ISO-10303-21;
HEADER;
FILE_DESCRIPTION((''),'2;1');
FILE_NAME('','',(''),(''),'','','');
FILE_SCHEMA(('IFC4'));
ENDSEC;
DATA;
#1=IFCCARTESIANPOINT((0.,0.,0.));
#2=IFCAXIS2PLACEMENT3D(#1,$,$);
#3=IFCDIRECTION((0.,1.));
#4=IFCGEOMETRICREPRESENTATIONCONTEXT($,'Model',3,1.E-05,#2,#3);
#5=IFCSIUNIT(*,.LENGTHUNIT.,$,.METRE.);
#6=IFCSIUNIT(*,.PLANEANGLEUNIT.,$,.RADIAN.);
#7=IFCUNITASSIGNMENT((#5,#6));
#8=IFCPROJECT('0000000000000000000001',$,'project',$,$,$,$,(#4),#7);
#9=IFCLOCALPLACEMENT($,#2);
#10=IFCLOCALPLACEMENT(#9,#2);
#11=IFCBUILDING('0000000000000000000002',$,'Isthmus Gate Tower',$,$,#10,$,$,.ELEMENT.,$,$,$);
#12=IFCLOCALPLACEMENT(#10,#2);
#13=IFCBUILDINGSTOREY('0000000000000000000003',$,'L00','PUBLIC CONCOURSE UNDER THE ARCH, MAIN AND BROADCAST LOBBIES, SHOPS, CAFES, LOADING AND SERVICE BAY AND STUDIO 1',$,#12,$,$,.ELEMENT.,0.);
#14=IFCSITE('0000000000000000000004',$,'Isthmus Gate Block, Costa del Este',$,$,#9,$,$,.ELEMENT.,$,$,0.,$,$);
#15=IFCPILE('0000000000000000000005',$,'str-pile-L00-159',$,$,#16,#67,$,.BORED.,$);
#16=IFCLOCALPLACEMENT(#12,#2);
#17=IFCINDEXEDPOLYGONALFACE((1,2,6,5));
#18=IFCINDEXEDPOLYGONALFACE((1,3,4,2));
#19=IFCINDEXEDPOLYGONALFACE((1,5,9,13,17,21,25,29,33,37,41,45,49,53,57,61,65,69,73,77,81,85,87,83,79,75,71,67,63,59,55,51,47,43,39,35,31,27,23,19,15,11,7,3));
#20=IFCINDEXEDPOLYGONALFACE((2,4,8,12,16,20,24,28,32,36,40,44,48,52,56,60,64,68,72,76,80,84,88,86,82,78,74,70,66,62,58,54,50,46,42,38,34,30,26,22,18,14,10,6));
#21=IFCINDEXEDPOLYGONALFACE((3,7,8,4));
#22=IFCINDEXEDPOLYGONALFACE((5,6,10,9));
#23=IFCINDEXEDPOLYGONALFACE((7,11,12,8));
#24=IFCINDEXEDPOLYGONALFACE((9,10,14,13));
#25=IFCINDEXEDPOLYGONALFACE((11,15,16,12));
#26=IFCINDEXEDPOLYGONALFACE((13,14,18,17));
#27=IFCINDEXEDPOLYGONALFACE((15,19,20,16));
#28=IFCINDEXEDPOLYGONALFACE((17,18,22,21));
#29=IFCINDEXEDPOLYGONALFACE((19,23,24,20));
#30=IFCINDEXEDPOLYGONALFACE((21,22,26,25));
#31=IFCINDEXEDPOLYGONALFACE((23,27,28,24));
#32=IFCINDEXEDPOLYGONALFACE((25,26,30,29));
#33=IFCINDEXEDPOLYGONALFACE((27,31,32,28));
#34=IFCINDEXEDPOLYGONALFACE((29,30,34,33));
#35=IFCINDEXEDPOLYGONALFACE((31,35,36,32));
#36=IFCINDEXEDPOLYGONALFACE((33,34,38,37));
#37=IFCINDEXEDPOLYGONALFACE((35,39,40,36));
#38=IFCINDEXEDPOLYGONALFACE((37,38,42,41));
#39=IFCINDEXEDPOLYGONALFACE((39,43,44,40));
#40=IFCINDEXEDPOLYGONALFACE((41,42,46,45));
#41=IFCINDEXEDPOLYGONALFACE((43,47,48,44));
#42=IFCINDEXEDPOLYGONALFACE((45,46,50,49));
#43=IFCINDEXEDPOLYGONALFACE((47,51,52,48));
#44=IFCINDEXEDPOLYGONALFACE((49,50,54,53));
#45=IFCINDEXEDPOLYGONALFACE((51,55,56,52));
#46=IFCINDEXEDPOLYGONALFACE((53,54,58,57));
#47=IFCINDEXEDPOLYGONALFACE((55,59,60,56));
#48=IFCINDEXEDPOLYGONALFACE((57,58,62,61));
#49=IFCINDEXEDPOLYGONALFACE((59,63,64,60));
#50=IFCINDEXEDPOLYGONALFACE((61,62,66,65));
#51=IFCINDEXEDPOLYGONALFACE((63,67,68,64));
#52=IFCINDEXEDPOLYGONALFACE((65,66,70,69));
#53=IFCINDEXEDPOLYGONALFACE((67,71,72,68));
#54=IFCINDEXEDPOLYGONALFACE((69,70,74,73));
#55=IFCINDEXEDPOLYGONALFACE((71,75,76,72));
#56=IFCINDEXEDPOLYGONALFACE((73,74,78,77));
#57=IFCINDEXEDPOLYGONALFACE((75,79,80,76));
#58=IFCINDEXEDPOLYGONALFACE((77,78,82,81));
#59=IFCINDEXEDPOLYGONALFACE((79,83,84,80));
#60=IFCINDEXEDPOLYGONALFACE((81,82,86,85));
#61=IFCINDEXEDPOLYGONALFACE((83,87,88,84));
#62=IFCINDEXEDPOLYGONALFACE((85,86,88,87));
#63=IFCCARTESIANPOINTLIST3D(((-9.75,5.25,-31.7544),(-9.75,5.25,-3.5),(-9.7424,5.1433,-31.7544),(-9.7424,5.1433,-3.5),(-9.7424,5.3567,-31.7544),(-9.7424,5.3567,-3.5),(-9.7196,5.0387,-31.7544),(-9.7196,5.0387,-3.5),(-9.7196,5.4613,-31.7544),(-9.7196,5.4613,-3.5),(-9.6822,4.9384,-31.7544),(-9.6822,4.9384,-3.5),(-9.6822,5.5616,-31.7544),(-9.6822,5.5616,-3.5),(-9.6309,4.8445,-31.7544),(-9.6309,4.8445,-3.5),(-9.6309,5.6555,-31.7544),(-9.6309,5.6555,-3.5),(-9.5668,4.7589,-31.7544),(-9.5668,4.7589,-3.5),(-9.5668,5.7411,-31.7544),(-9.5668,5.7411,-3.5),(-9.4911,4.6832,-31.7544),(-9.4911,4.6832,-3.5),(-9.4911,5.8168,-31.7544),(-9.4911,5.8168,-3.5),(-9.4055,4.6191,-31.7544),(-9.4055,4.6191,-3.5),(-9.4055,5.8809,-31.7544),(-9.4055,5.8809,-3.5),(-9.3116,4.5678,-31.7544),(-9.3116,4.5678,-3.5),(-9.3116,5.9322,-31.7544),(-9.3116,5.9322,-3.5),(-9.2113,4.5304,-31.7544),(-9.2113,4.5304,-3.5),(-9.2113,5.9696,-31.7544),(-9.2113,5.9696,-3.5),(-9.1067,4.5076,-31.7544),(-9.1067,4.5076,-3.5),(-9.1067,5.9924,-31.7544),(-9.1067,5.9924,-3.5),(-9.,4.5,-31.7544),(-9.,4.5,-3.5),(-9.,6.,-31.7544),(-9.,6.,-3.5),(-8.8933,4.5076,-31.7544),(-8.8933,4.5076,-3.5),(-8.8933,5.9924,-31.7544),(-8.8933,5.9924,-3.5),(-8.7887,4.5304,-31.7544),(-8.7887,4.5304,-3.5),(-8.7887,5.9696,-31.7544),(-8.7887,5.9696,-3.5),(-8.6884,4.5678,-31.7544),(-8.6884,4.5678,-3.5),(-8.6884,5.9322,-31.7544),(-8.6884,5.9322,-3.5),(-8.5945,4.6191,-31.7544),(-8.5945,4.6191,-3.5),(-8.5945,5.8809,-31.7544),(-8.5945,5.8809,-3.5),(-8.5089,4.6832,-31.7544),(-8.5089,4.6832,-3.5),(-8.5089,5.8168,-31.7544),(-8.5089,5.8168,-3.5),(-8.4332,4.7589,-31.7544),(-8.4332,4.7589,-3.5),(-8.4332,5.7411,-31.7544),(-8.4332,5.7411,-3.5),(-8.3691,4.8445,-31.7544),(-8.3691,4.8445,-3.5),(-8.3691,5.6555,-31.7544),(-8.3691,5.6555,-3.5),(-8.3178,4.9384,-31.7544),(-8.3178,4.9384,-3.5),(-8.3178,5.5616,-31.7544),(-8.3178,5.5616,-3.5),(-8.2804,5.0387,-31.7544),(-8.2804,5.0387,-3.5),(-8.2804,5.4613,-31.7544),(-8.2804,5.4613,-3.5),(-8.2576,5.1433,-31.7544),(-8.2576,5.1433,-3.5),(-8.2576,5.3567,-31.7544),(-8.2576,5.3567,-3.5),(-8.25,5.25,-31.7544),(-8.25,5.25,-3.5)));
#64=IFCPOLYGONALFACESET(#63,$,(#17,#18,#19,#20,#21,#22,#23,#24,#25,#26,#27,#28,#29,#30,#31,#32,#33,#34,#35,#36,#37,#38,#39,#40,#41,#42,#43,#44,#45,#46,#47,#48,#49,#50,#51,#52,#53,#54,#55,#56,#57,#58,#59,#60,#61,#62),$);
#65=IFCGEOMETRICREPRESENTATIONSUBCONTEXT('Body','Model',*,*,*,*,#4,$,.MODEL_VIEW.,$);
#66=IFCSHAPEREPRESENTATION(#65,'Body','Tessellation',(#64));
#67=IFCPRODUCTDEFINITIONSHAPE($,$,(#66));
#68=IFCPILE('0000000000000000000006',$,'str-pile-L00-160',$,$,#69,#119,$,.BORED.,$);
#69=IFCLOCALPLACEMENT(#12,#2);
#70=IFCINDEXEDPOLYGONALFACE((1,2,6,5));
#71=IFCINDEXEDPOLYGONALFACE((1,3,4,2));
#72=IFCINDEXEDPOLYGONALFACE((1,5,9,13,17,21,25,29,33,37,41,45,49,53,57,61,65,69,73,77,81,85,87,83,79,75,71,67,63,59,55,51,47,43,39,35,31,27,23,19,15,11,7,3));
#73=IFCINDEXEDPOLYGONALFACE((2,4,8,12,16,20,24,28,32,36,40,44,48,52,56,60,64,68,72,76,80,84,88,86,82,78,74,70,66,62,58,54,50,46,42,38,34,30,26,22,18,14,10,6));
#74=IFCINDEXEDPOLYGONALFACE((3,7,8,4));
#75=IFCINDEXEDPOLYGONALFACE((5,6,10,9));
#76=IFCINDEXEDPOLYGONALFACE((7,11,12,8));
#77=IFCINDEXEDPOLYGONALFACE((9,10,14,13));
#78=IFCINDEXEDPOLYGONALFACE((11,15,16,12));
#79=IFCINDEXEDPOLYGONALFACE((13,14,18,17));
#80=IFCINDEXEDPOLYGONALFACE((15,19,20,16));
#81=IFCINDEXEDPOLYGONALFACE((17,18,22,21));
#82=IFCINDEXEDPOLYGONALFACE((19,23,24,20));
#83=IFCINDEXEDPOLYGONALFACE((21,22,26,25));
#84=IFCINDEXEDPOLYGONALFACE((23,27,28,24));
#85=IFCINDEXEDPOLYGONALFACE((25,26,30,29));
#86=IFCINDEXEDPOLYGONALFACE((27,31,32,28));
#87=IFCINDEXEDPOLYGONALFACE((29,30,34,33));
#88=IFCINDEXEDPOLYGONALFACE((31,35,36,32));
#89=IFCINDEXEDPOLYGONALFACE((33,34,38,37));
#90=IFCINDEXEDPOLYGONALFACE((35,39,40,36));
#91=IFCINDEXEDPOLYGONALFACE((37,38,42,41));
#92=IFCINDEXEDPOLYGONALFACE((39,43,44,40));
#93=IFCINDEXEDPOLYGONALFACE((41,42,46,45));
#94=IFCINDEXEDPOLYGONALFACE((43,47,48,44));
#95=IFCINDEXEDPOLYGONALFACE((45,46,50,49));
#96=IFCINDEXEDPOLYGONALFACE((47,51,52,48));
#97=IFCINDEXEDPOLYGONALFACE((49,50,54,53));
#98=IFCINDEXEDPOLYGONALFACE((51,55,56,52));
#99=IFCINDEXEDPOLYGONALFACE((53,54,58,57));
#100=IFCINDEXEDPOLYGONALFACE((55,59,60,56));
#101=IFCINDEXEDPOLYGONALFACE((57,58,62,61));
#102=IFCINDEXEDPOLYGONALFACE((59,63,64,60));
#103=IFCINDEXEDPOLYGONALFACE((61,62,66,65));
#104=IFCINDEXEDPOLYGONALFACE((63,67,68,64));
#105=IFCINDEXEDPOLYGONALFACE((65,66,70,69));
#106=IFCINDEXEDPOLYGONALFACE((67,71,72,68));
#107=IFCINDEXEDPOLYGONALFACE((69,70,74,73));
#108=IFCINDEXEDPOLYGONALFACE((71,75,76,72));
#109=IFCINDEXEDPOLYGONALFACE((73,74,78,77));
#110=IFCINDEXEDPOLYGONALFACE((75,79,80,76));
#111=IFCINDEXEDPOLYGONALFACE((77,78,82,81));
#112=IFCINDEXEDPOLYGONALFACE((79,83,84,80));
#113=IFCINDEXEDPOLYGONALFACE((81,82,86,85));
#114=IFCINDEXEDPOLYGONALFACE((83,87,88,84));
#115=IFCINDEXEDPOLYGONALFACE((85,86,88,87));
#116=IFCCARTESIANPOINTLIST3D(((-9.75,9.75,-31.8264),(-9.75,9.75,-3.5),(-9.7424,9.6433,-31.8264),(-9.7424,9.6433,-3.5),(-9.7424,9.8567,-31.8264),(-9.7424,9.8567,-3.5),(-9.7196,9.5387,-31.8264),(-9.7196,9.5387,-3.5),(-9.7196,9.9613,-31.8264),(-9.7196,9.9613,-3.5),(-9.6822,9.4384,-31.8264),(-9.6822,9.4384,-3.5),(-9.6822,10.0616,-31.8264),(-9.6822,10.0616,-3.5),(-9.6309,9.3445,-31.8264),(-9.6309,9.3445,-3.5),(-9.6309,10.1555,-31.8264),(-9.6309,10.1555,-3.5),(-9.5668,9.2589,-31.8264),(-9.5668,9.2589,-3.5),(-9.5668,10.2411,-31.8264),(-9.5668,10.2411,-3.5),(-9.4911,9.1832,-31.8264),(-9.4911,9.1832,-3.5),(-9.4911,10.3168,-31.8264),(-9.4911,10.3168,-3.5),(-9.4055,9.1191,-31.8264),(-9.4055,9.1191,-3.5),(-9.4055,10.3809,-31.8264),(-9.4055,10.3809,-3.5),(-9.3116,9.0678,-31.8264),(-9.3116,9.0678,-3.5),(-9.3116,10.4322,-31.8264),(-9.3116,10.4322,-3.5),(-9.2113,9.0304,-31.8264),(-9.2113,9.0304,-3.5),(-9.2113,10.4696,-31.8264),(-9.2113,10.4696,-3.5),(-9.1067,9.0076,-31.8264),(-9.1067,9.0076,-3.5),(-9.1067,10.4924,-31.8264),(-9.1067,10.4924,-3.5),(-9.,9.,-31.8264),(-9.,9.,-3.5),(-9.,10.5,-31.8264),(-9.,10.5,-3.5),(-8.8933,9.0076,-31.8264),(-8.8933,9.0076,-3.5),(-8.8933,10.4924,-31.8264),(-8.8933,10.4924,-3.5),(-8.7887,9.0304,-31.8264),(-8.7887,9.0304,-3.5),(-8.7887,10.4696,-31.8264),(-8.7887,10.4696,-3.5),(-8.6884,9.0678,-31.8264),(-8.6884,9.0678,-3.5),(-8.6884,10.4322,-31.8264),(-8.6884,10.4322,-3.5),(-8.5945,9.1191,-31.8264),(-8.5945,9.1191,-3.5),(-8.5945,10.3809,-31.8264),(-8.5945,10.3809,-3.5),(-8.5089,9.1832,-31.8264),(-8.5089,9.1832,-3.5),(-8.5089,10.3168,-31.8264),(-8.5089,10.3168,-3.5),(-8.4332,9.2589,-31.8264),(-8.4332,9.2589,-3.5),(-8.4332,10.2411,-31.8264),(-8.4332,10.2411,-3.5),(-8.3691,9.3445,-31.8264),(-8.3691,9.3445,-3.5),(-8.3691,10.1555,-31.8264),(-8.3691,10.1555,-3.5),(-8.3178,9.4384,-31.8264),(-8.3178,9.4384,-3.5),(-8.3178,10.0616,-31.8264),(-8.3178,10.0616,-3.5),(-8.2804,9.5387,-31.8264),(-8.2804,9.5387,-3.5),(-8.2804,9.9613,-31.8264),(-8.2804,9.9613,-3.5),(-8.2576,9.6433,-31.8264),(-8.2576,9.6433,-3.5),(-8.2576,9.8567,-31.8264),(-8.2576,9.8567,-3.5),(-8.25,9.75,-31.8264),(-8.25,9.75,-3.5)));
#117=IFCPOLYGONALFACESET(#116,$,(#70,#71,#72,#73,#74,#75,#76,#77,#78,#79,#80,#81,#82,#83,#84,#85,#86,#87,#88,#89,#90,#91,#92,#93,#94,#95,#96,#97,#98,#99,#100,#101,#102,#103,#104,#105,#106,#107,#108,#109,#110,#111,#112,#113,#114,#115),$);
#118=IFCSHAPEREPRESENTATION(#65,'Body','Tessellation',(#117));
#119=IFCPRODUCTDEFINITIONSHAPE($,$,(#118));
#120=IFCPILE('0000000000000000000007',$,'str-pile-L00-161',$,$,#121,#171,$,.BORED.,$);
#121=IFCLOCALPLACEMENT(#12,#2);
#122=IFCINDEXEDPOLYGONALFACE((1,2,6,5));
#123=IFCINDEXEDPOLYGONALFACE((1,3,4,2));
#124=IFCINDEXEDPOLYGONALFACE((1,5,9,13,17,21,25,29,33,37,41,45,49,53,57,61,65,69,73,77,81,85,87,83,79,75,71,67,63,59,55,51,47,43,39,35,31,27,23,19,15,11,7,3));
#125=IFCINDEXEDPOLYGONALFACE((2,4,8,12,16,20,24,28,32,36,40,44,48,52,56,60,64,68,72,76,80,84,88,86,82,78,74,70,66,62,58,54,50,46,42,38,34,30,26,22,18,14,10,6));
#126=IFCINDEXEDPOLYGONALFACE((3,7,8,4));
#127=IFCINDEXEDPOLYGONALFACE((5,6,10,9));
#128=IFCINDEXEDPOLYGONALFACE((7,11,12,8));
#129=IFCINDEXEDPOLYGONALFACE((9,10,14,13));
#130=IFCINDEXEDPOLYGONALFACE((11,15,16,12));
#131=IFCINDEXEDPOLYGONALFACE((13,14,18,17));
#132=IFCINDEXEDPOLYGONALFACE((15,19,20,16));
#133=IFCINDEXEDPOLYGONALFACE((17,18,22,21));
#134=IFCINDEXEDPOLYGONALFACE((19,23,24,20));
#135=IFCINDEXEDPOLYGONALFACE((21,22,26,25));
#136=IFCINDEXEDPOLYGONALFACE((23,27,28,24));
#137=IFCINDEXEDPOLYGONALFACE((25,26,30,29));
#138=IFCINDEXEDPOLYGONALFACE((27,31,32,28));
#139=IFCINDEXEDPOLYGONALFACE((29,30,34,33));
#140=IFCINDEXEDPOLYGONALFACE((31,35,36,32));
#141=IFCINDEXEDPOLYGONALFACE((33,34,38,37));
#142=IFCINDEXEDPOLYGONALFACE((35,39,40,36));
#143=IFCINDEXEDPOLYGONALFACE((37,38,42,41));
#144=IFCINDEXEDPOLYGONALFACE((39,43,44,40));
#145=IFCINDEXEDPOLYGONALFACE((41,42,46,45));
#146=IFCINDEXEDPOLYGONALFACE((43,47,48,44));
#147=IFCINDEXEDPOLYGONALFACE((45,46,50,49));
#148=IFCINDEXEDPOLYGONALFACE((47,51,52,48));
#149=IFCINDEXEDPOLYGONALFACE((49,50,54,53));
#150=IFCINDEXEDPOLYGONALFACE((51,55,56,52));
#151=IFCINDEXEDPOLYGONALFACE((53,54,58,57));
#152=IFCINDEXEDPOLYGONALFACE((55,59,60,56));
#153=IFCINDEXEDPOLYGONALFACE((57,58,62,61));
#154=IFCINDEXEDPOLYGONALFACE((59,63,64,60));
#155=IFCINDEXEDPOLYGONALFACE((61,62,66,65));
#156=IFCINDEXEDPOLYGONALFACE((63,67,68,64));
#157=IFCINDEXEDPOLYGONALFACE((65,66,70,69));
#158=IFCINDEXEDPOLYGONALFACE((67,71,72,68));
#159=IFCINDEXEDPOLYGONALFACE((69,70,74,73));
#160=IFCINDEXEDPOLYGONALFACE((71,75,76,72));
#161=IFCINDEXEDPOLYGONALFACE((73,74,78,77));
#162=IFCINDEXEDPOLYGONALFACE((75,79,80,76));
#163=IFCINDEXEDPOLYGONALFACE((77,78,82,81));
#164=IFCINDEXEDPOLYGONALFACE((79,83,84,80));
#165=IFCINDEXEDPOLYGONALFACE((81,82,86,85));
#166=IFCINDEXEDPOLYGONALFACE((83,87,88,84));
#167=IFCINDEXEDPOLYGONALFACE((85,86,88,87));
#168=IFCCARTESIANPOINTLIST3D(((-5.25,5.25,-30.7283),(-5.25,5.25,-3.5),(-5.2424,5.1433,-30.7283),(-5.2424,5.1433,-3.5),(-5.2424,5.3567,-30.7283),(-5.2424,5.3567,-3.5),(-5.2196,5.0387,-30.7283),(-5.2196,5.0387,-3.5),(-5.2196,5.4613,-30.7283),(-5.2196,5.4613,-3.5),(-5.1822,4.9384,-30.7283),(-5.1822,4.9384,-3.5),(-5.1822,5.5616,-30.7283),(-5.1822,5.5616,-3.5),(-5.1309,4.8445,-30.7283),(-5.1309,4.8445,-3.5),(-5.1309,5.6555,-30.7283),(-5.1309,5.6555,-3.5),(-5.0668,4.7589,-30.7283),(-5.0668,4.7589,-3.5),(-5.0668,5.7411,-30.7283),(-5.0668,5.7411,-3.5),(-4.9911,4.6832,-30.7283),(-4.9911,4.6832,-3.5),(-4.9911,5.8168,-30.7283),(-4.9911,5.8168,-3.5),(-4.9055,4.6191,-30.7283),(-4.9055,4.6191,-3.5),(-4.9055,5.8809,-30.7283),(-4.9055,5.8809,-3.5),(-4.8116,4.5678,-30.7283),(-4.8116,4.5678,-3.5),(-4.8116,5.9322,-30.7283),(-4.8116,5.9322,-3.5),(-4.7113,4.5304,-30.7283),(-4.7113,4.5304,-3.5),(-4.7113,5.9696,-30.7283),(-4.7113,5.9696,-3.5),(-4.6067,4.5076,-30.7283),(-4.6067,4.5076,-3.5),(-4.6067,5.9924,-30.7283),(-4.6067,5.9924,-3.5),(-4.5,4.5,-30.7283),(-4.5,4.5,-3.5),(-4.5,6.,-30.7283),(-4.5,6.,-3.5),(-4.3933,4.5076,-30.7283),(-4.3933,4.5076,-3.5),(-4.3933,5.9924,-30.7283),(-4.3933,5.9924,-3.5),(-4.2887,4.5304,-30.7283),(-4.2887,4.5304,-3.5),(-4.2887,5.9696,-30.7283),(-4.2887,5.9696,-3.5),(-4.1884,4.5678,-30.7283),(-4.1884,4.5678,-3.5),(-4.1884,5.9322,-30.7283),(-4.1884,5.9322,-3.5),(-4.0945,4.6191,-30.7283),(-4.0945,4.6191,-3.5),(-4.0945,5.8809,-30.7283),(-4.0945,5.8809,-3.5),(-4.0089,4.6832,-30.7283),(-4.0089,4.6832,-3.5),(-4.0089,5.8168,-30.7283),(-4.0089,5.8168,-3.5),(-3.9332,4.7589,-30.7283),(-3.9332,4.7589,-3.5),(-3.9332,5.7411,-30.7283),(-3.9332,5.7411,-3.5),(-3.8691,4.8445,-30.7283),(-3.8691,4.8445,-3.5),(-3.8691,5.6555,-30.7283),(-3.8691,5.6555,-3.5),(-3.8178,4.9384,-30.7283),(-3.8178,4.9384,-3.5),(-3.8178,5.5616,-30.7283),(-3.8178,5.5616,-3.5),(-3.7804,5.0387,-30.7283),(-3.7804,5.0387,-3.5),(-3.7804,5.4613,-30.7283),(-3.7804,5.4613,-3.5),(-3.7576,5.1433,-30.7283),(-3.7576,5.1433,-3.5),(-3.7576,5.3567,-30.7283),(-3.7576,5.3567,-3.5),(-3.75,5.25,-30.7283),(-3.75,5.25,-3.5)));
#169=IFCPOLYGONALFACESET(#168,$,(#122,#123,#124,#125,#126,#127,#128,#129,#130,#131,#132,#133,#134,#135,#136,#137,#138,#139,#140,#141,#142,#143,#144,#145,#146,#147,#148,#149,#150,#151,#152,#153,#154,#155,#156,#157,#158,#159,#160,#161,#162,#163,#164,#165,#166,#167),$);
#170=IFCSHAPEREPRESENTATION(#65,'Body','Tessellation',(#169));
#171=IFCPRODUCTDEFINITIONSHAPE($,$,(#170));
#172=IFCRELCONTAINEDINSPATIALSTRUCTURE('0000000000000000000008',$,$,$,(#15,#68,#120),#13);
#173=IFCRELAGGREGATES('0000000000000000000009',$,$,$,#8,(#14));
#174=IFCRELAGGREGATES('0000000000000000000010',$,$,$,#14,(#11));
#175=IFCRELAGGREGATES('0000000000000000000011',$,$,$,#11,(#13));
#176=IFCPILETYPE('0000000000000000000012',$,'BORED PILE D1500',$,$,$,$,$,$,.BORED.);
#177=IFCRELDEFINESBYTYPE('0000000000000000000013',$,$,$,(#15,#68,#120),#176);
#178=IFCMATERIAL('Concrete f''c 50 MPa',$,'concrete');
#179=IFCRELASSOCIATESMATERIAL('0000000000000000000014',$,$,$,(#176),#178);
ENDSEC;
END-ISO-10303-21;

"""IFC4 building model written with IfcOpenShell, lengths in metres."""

from ifc_helpers import new_model, si_unit, direction, frame, origin, origin_2d, place, context, subcontext, project, spatial, circle, extrude, material, material_profile, profile_set, type_object, element, save


model = new_model("IFC4")

# Units and contexts
model_context = context("Model", 3, precision=1e-05, world=origin(), true_north=direction((0.0, 1.0)))
body_context = subcontext(model_context, "Body", "Model", "MODEL_VIEW")
ifc_project = project(units=[si_unit("LENGTHUNIT", "METRE"), si_unit("PLANEANGLEUNIT", "RADIAN")], contexts=[model_context])

# Site, building, storey
site_placement = place(None, origin())
site = spatial("IfcSite", under=ifc_project, at=site_placement, Name="Isthmus Gate Block, Costa del Este", CompositionType="ELEMENT", RefElevation=0.0)
building_placement = place(site_placement, origin())
building = spatial("IfcBuilding", under=site, at=building_placement, Name="Isthmus Gate Tower", CompositionType="ELEMENT")
storey_placement = place(building_placement, origin())
storey = spatial("IfcBuildingStorey", under=building, at=storey_placement, Name="L00", Description="PUBLIC CONCOURSE UNDER THE ARCH, MAIN AND BROADCAST LOBBIES, SHOPS, CAFES, LOADING AND SERVICE BAY AND STUDIO 1", CompositionType="ELEMENT", Elevation=0.0)

# Piles
ifc_material_1 = material(Name="Concrete f'c 50 MPa", Category="concrete")
ifc_material_profile = material_profile(ifc_material_1, circle(Radius=0.75, at=origin_2d()), Name="D1500")
ifc_profile_set = profile_set([ifc_material_profile], Name="Concrete f'c 50 MPa")
pile_type = type_object("IfcPileType", Name="BORED PILE D1500", PredefinedType="BORED", material=ifc_profile_set)
pile_1_placement = place(storey_placement, frame((-9.0, 5.25, -3.5), z_axis=(0.0, 0.0, -1.0), x_axis=(1.0, 0.0, 0.0)))
element("IfcPile", 1, at=pile_1_placement, inside=storey, type_object=pile_type, Name="str-pile-L00-159", PredefinedType="BORED", context=body_context, shape_type="SweptSolid", body=[
    extrude(circle(Radius=0.75, at=origin_2d()), origin(), (0.0, 0.0, 1.0), 28.2544),
])
pile_2_placement = place(storey_placement, frame((-9.0, 9.75, -3.5), z_axis=(0.0, 0.0, -1.0), x_axis=(1.0, 0.0, 0.0)))
element("IfcPile", 2, at=pile_2_placement, inside=storey, type_object=pile_type, Name="str-pile-L00-160", PredefinedType="BORED", context=body_context, shape_type="SweptSolid", body=[
    extrude(circle(Radius=0.75, at=origin_2d()), origin(), (0.0, 0.0, 1.0), 28.3264),
])
pile_3_placement = place(storey_placement, frame((-4.5, 5.25, -3.5), z_axis=(0.0, 0.0, -1.0), x_axis=(1.0, 0.0, 0.0)))
element("IfcPile", 3, at=pile_3_placement, inside=storey, type_object=pile_type, Name="str-pile-L00-161", PredefinedType="BORED", context=body_context, shape_type="SweptSolid", body=[
    extrude(circle(Radius=0.75, at=origin_2d()), origin(), (0.0, 0.0, 1.0), 27.2283),
])

save(model, "model.ifc")
